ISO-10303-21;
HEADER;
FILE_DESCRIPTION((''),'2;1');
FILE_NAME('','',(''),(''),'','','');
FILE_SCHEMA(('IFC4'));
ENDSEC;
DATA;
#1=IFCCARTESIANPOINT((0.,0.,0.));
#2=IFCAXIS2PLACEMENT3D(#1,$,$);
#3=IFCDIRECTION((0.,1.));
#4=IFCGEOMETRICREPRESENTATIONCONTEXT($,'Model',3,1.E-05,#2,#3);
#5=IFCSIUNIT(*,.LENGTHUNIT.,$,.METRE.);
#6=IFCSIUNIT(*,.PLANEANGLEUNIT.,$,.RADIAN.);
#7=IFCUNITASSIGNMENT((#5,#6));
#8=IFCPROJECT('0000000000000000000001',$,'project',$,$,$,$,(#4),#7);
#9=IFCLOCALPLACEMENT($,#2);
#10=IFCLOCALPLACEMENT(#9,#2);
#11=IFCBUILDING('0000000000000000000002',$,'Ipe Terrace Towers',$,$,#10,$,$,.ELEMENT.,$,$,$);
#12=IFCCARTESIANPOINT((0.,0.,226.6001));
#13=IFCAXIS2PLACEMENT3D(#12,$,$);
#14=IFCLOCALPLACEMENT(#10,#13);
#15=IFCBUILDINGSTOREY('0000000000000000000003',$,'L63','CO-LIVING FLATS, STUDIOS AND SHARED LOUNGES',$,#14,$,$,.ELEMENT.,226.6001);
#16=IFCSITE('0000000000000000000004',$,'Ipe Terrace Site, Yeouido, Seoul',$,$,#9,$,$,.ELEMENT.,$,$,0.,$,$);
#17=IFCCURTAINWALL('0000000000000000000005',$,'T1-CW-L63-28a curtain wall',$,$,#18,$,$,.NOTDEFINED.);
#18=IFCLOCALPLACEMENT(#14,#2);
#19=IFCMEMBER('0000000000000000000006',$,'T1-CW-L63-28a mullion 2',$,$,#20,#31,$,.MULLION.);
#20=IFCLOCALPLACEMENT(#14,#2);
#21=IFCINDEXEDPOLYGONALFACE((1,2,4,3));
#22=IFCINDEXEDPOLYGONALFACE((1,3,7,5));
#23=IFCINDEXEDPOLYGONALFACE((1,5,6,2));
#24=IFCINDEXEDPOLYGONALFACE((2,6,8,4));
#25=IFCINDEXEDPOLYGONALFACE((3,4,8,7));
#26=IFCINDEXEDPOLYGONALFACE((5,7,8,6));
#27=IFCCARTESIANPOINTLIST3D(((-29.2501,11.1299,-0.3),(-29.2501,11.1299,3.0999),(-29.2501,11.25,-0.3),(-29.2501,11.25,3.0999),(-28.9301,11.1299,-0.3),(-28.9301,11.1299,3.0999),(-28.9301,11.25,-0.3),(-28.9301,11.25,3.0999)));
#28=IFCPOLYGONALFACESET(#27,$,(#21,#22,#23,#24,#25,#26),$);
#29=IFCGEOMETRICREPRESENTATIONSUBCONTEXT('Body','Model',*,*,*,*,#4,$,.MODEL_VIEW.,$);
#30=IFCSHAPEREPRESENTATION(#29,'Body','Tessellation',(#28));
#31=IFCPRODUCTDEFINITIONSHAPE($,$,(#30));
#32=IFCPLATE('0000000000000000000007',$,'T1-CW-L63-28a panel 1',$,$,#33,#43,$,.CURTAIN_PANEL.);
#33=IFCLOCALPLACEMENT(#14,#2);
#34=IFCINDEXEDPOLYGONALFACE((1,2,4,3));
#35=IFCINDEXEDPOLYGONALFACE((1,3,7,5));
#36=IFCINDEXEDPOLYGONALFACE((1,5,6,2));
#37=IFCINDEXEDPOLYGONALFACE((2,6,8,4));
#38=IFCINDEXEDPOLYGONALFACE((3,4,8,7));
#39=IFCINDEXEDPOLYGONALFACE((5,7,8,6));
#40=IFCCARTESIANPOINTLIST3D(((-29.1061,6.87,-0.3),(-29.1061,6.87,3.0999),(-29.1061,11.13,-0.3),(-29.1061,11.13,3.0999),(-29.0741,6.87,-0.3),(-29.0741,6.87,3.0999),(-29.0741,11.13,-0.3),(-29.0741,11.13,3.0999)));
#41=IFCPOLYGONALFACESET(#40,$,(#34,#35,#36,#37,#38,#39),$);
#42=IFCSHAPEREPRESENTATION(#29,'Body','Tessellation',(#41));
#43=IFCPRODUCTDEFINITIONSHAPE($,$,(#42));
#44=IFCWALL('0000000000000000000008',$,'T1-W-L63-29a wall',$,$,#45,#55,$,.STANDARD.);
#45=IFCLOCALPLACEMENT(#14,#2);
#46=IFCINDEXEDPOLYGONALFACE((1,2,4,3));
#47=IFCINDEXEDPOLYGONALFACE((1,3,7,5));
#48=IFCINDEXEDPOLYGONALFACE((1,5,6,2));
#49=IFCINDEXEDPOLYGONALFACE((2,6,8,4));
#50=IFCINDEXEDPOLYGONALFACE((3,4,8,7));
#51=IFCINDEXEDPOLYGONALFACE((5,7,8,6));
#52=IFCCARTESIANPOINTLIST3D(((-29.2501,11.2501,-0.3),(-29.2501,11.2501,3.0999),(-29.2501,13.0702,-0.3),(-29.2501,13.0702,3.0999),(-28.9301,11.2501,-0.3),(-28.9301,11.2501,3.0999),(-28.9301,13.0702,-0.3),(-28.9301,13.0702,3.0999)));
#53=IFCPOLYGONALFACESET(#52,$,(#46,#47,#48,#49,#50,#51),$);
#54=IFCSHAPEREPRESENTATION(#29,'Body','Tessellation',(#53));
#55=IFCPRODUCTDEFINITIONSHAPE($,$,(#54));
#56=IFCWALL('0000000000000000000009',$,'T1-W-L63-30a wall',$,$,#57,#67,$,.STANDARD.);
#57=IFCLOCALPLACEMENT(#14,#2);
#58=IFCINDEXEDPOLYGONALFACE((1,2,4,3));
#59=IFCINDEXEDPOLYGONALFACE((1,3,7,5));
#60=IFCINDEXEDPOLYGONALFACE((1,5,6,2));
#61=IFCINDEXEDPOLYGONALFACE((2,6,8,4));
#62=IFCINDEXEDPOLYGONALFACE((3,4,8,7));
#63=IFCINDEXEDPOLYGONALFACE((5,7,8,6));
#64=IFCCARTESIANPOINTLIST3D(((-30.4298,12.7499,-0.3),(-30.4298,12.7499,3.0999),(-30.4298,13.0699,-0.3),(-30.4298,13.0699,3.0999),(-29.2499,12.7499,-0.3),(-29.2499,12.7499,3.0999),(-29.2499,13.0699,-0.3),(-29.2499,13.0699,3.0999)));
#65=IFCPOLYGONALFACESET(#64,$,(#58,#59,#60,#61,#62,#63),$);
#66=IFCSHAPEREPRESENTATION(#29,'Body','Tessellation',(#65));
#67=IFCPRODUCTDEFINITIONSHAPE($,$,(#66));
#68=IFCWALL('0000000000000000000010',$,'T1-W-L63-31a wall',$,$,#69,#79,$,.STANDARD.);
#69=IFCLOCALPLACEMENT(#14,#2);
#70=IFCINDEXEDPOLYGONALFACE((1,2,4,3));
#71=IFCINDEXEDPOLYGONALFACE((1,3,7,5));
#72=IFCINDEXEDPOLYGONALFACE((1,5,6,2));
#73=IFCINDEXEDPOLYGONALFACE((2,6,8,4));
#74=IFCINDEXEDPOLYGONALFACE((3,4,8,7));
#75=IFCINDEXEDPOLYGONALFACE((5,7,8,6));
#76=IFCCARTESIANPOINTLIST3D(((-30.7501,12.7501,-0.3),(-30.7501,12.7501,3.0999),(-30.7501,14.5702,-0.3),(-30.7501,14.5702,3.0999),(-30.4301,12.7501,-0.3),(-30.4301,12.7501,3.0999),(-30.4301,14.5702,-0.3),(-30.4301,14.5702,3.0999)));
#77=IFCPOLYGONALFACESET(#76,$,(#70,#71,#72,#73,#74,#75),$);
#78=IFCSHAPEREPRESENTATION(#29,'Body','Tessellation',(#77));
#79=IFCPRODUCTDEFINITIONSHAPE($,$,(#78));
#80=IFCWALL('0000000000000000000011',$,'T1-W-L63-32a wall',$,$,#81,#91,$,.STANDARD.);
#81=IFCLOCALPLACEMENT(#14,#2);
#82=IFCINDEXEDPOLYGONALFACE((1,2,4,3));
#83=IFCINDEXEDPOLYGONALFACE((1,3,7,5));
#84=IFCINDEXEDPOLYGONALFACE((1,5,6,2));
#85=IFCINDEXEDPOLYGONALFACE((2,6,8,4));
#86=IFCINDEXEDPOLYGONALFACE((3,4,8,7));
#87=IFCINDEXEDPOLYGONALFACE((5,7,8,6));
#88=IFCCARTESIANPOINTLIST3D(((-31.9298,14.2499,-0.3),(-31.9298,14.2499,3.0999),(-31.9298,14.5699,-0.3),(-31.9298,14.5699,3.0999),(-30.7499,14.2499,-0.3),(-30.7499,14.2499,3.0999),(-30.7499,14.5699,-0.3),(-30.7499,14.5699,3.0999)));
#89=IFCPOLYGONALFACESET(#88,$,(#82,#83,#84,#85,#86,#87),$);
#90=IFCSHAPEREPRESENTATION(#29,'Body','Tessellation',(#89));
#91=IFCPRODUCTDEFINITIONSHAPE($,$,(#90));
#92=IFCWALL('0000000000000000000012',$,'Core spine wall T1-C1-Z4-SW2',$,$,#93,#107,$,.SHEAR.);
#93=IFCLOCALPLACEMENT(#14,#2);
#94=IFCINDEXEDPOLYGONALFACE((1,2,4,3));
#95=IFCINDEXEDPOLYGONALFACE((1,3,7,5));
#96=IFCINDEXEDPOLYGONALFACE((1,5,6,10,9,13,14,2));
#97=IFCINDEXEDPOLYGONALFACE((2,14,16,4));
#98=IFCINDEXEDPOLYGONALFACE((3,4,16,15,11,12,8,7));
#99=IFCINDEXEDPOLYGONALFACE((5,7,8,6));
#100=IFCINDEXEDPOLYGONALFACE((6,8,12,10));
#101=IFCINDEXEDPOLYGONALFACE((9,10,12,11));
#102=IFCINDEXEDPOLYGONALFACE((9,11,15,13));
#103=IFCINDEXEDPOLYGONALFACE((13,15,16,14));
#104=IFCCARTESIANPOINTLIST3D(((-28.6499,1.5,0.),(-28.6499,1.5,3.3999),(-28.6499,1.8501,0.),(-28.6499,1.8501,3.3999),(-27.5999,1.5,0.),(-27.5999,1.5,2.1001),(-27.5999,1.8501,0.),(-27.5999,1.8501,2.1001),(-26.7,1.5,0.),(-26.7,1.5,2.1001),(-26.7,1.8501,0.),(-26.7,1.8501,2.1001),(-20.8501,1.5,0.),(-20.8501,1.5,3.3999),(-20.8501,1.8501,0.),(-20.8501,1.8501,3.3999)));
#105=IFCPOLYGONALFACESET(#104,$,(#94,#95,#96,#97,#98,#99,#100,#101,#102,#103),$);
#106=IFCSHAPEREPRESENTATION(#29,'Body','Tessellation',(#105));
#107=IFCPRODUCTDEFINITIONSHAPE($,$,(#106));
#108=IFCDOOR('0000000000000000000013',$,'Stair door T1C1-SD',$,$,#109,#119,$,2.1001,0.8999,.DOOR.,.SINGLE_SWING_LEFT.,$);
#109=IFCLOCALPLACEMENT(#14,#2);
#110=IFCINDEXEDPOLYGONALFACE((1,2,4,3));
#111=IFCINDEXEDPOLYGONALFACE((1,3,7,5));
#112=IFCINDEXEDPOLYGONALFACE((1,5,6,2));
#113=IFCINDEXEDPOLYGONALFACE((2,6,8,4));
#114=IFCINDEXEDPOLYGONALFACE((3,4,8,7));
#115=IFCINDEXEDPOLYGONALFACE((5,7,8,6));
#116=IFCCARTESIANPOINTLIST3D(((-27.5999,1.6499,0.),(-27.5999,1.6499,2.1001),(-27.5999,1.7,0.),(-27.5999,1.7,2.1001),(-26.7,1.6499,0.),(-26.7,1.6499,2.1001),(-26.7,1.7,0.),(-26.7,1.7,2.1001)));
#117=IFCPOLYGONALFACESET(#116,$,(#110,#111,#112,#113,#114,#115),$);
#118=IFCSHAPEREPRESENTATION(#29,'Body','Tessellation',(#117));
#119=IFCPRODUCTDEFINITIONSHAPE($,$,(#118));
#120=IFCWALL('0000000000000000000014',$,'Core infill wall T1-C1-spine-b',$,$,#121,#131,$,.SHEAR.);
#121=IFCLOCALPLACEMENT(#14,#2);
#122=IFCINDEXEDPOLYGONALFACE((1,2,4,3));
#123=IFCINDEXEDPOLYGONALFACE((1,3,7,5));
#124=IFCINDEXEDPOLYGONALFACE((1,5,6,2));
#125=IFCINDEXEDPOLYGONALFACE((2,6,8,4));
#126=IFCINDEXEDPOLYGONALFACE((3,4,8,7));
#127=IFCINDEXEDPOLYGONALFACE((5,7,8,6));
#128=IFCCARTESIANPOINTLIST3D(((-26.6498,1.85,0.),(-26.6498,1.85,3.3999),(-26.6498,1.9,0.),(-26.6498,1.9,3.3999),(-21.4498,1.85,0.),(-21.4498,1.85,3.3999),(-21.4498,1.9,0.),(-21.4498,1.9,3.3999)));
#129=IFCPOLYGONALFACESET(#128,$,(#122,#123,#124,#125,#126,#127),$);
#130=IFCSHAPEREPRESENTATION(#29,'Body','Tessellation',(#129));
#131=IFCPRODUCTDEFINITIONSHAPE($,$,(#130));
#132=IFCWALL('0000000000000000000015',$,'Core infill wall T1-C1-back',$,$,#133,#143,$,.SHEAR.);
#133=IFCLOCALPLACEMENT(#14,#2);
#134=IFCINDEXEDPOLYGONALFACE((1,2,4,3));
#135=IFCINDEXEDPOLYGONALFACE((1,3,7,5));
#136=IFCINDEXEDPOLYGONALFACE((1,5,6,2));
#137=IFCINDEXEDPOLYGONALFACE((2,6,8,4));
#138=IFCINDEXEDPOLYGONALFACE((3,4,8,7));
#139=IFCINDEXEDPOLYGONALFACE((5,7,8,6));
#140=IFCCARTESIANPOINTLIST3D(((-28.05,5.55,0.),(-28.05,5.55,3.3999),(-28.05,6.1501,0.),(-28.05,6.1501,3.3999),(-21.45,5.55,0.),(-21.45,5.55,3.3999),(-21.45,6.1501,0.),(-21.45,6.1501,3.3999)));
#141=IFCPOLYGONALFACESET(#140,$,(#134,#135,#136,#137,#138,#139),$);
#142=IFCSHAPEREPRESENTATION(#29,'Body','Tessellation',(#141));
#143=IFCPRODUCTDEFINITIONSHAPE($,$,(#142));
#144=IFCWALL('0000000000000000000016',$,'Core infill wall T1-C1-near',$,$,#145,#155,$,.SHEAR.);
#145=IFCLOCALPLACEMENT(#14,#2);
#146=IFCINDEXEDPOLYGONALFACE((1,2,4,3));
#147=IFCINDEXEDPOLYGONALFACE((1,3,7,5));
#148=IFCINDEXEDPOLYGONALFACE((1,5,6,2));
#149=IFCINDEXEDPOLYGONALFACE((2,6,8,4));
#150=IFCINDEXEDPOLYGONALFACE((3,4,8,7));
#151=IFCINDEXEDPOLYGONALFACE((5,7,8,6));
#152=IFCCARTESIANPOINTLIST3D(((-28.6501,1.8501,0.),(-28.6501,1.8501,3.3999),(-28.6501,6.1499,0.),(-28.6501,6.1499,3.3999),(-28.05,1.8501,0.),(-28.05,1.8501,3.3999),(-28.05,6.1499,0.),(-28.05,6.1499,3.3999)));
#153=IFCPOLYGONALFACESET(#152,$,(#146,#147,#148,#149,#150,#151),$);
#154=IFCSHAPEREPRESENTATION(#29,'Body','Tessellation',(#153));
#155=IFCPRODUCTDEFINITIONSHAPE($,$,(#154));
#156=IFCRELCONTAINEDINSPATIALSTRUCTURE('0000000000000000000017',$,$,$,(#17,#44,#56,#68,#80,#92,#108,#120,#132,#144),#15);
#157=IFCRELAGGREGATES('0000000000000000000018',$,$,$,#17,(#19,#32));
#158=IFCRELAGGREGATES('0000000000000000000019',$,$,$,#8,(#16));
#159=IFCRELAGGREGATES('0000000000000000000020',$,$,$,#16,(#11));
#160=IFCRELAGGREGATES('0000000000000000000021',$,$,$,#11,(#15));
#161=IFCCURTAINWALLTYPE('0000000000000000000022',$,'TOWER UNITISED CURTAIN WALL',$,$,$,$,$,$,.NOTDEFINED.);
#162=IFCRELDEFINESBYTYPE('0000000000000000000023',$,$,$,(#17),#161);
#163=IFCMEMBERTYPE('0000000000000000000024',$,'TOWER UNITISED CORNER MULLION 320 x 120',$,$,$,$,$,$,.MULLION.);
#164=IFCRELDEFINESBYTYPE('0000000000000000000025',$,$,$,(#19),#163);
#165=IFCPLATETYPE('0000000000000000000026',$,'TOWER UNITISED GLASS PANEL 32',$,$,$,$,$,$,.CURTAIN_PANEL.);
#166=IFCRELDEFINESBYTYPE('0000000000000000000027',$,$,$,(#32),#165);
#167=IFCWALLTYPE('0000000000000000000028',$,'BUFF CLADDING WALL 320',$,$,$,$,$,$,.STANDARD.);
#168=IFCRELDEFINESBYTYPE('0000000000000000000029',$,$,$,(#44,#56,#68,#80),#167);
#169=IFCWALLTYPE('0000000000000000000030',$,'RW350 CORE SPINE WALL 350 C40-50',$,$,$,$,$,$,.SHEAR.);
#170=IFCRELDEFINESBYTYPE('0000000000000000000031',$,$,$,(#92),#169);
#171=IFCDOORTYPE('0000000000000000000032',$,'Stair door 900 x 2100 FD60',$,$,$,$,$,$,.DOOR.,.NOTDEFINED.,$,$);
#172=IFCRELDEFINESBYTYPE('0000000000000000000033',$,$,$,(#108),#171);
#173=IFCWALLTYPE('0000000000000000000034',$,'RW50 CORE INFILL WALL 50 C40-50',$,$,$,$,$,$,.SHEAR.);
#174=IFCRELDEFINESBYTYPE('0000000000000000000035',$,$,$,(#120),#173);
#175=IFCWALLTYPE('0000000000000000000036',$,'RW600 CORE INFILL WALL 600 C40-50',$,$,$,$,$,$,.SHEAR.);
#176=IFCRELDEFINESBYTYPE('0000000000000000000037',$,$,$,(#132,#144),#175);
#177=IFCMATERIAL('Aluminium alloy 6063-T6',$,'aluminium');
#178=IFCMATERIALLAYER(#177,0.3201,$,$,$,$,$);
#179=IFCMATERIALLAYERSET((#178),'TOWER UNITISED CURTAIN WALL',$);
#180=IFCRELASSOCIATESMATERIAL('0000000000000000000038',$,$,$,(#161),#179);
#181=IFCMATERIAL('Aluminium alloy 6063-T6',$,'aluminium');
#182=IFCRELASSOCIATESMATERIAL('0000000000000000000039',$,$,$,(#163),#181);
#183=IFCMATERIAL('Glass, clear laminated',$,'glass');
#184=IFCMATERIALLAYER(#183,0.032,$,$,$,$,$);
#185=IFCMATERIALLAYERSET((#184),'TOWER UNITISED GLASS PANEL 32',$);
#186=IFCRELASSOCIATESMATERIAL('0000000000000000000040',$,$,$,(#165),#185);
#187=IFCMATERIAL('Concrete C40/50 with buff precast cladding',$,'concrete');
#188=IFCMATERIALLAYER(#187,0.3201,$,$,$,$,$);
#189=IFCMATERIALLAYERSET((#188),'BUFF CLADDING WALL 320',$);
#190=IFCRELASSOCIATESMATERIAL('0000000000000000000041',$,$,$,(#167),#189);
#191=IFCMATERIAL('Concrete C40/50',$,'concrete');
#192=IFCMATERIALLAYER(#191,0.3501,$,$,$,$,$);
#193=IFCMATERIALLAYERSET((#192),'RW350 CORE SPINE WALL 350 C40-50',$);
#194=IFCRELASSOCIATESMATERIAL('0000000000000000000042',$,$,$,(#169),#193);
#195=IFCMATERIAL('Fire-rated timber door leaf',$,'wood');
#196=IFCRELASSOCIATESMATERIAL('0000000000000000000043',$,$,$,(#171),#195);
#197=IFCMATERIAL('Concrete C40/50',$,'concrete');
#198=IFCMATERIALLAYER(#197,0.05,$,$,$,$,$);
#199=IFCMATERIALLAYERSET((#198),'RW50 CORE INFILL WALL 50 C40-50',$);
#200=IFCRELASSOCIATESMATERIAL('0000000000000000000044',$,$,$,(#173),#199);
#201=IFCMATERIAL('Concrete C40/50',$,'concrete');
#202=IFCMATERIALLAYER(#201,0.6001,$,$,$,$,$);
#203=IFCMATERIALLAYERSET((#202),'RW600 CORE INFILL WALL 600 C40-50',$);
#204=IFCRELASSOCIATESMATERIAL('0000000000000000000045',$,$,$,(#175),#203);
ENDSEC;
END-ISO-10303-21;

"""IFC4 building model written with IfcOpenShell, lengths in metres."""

from ifc_helpers import new_model, si_unit, direction, frame, frame_2d, origin, origin_2d, place, context, subcontext, project, spatial, rectangle, extrude, material, layer, layer_set, material_profile, profile_set, type_object, element, fill, aggregate, save


model = new_model("IFC4")

# Units and contexts
model_context = context("Model", 3, precision=1e-05, world=origin(), true_north=direction((0.0, 1.0)))
body_context = subcontext(model_context, "Body", "Model", "MODEL_VIEW")
ifc_project = project(units=[si_unit("LENGTHUNIT", "METRE"), si_unit("PLANEANGLEUNIT", "RADIAN")], contexts=[model_context])

# Site, building, storey
site_placement = place(None, origin())
site = spatial("IfcSite", under=ifc_project, at=site_placement, Name="Ipe Terrace Site, Yeouido, Seoul", CompositionType="ELEMENT", RefElevation=0.0)
building_placement = place(site_placement, origin())
building = spatial("IfcBuilding", under=site, at=building_placement, Name="Ipe Terrace Towers", CompositionType="ELEMENT")
storey_placement = place(building_placement, frame((0.0, 0.0, 226.6001)))
storey = spatial("IfcBuildingStorey", under=building, at=storey_placement, Name="L63", Description="CO-LIVING FLATS, STUDIOS AND SHARED LOUNGES", CompositionType="ELEMENT", Elevation=226.6001)

# Curtain wall, member, plate
ifc_material_1 = material(Name="Aluminium alloy 6063-T6", Category="aluminium")
ifc_layer_1 = layer(ifc_material_1, 0.3201)
ifc_layer_set_1 = layer_set([ifc_layer_1], Name="TOWER UNITISED CURTAIN WALL")
curtain_wall_type = type_object("IfcCurtainWallType", Name="TOWER UNITISED CURTAIN WALL", PredefinedType="NOTDEFINED", material=ifc_layer_set_1)
curtain_wall_placement = place(storey_placement, origin())
curtain_wall = element("IfcCurtainWall", 1, at=curtain_wall_placement, inside=storey, type_object=curtain_wall_type, Name="T1-CW-L63-28a curtain wall", PredefinedType="NOTDEFINED")
ifc_material_2 = material(Name="Aluminium alloy 6063-T6", Category="aluminium")
ifc_material_profile_1 = material_profile(ifc_material_2, rectangle(XDim=0.3201, YDim=0.1201, at=origin_2d()), Name="TOWER UNITISED CORNER MULLION 320 x 120")
ifc_profile_set_1 = profile_set([ifc_material_profile_1], Name="Aluminium alloy 6063-T6")
member_type = type_object("IfcMemberType", Name="TOWER UNITISED CORNER MULLION 320 x 120", PredefinedType="MULLION", material=ifc_profile_set_1)
member_1_placement = place(storey_placement, frame((-29.0901, 11.1899, -0.3), z_axis=(0.0, 0.0, 1.0), x_axis=(1.0, 0.0, 0.0)))
member_1 = element("IfcMember", 2, at=member_1_placement, type_object=member_type, Name="T1-CW-L63-28a mullion 2", PredefinedType="MULLION", context=body_context, shape_type="SweptSolid", body=[
    extrude(rectangle(XDim=0.3201, YDim=0.1201, at=origin_2d()), origin(), (0.0, 0.0, 1.0), 3.3999),
])
ifc_material_3 = material(Name="Glass, clear laminated", Category="glass")
ifc_layer_2 = layer(ifc_material_3, 0.032)
ifc_layer_set_2 = layer_set([ifc_layer_2], Name="TOWER UNITISED GLASS PANEL 32")
plate_type = type_object("IfcPlateType", Name="TOWER UNITISED GLASS PANEL 32", PredefinedType="CURTAIN_PANEL", material=ifc_layer_set_2)
plate_placement = place(storey_placement, frame((-29.0901, 9.0, -0.3), z_axis=(0.0, 0.0, 1.0), x_axis=(0.0, 1.0, 0.0)))
plate = element("IfcPlate", 3, at=plate_placement, type_object=plate_type, Name="T1-CW-L63-28a panel 1", PredefinedType="CURTAIN_PANEL", context=body_context, shape_type="SweptSolid", body=[
    extrude(rectangle(XDim=4.26, YDim=0.032, at=origin_2d()), origin(), (0.0, 0.0, 1.0), 3.3999),
])
aggregate(curtain_wall, [member_1, plate])

# Walls
ifc_material_4 = material(Name="Concrete C40/50 with buff precast cladding", Category="concrete")
ifc_layer_3 = layer(ifc_material_4, 0.3201)
ifc_layer_set_3 = layer_set([ifc_layer_3], Name="BUFF CLADDING WALL 320")
wall_type_1 = type_object("IfcWallType", Name="BUFF CLADDING WALL 320", PredefinedType="STANDARD", material=ifc_layer_set_3)
wall_1_placement = place(storey_placement, frame((-29.0901, 11.25, -0.3), z_axis=(0.0, 0.0, 1.0), x_axis=(0.0, 1.0, 0.0)))
element("IfcWall", 4, at=wall_1_placement, inside=storey, type_object=wall_type_1, Name="T1-W-L63-29a wall", PredefinedType="STANDARD", context=body_context, shape_type="SweptSolid", body=[
    extrude(rectangle(XDim=1.8201, YDim=0.3201, at=frame_2d((0.9102, 0.0))), origin(), (0.0, 0.0, 1.0), 3.3999),
])
wall_2_placement = place(storey_placement, frame((-29.25, 12.9099, -0.3), z_axis=(0.0, 0.0, 1.0), x_axis=(-1.0, 0.0, 0.0)))
element("IfcWall", 5, at=wall_2_placement, inside=storey, type_object=wall_type_1, Name="T1-W-L63-30a wall", PredefinedType="STANDARD", context=body_context, shape_type="SweptSolid", body=[
    extrude(rectangle(XDim=1.1799, YDim=0.3201, at=frame_2d((0.5898, 0.0))), origin(), (0.0, 0.0, 1.0), 3.3999),
])
wall_3_placement = place(storey_placement, frame((-30.5901, 12.75, -0.3), z_axis=(0.0, 0.0, 1.0), x_axis=(0.0, 1.0, 0.0)))
element("IfcWall", 6, at=wall_3_placement, inside=storey, type_object=wall_type_1, Name="T1-W-L63-31a wall", PredefinedType="STANDARD", context=body_context, shape_type="SweptSolid", body=[
    extrude(rectangle(XDim=1.8201, YDim=0.3201, at=frame_2d((0.9102, 0.0))), origin(), (0.0, 0.0, 1.0), 3.3999),
])
wall_4_placement = place(storey_placement, frame((-30.75, 14.4099, -0.3), z_axis=(0.0, 0.0, 1.0), x_axis=(-1.0, 0.0, 0.0)))
element("IfcWall", 7, at=wall_4_placement, inside=storey, type_object=wall_type_1, Name="T1-W-L63-32a wall", PredefinedType="STANDARD", context=body_context, shape_type="SweptSolid", body=[
    extrude(rectangle(XDim=1.1799, YDim=0.3201, at=frame_2d((0.5898, 0.0))), origin(), (0.0, 0.0, 1.0), 3.3999),
])

# Wall, opening, door
ifc_material_5 = material(Name="Concrete C40/50", Category="concrete")
ifc_layer_4 = layer(ifc_material_5, 0.3501)
ifc_layer_set_4 = layer_set([ifc_layer_4], Name="RW350 CORE SPINE WALL 350 C40-50")
wall_type_2 = type_object("IfcWallType", Name="RW350 CORE SPINE WALL 350 C40-50", PredefinedType="SHEAR", material=ifc_layer_set_4)
wall_5_placement = place(storey_placement, frame((-28.6499, 1.675, 0.0), z_axis=(0.0, 0.0, 1.0), x_axis=(1.0, 0.0, 0.0)))
wall_5 = element("IfcWall", 8, at=wall_5_placement, inside=storey, type_object=wall_type_2, Name="Core spine wall T1-C1-Z4-SW2", PredefinedType="SHEAR", context=body_context, shape_type="SweptSolid", body=[
    extrude(rectangle(XDim=7.7998, YDim=0.3501, at=frame_2d((3.8999, 0.0))), origin(), (0.0, 0.0, 1.0), 3.3999),
])
opening_1_placement = place(wall_5_placement, frame((1.05, 0.0, 0.0)))
opening_1 = element("IfcOpeningElement", 9, at=opening_1_placement, cuts=wall_5, PredefinedType="OPENING", context=body_context, shape_type="SweptSolid", body=[
    extrude(rectangle(XDim=0.8999, YDim=2.1001, at=frame_2d((0.45, 1.05))), frame((0.0, 0.1851, 0.0), z_axis=(0.0, -1.0, 0.0), x_axis=(1.0, 0.0, 0.0)), (0.0, 0.0, 1.0), 0.3701),
])
ifc_material_6 = material(Name="Fire-rated timber door leaf", Category="wood")
door_type_1 = type_object("IfcDoorType", Name="Stair door 900 x 2100 FD60", OperationType="NOTDEFINED", PredefinedType="DOOR", material=ifc_material_6)
door_1_placement = place(opening_1_placement, origin())
door_1 = element("IfcDoor", 10, at=door_1_placement, inside=storey, type_object=door_type_1, Name="Stair door T1C1-SD", OperationType="SINGLE_SWING_LEFT", OverallHeight=2.1001, OverallWidth=0.8999, PredefinedType="DOOR", context=body_context, shape_type="SweptSolid", body=[
    extrude(rectangle(XDim=0.8999, YDim=2.1001, at=frame_2d((0.45, 1.05))), frame((0.0, 0.0249, 0.0), z_axis=(0.0, -1.0, 0.0), x_axis=(1.0, 0.0, 0.0)), (0.0, 0.0, 1.0), 0.05),
])
fill(opening_1, door_1)

# Walls
ifc_material_7 = material(Name="Concrete C40/50", Category="concrete")
ifc_layer_5 = layer(ifc_material_7, 0.05)
ifc_layer_set_5 = layer_set([ifc_layer_5], Name="RW50 CORE INFILL WALL 50 C40-50")
wall_type_3 = type_object("IfcWallType", Name="RW50 CORE INFILL WALL 50 C40-50", PredefinedType="SHEAR", material=ifc_layer_set_5)
wall_6_placement = place(storey_placement, frame((-26.6499, 1.875, 0.0), z_axis=(0.0, 0.0, 1.0), x_axis=(1.0, 0.0, 0.0)))
element("IfcWall", 11, at=wall_6_placement, inside=storey, type_object=wall_type_3, Name="Core infill wall T1-C1-spine-b", PredefinedType="SHEAR", context=body_context, shape_type="SweptSolid", body=[
    extrude(rectangle(XDim=5.2, YDim=0.05, at=frame_2d((2.6001, 0.0))), origin(), (0.0, 0.0, 1.0), 3.3999),
])
ifc_material_8 = material(Name="Concrete C40/50", Category="concrete")
ifc_layer_6 = layer(ifc_material_8, 0.6001)
ifc_layer_set_6 = layer_set([ifc_layer_6], Name="RW600 CORE INFILL WALL 600 C40-50")
wall_type_4 = type_object("IfcWallType", Name="RW600 CORE INFILL WALL 600 C40-50", PredefinedType="SHEAR", material=ifc_layer_set_6)
wall_7_placement = place(storey_placement, frame((-28.05, 5.8501, 0.0), z_axis=(0.0, 0.0, 1.0), x_axis=(1.0, 0.0, 0.0)))
element("IfcWall", 12, at=wall_7_placement, inside=storey, type_object=wall_type_4, Name="Core infill wall T1-C1-back", PredefinedType="SHEAR", context=body_context, shape_type="SweptSolid", body=[
    extrude(rectangle(XDim=6.6001, YDim=0.6001, at=frame_2d((3.3, 0.0))), origin(), (0.0, 0.0, 1.0), 3.3999),
])
wall_8_placement = place(storey_placement, frame((-28.3501, 1.8501, 0.0), z_axis=(0.0, 0.0, 1.0), x_axis=(0.0, 1.0, 0.0)))
element("IfcWall", 13, at=wall_8_placement, inside=storey, type_object=wall_type_4, Name="Core infill wall T1-C1-near", PredefinedType="SHEAR", context=body_context, shape_type="SweptSolid", body=[
    extrude(rectangle(XDim=4.2998, YDim=0.6001, at=frame_2d((2.1499, 0.0))), origin(), (0.0, 0.0, 1.0), 3.3999),
])

save(model, "model.ifc")
